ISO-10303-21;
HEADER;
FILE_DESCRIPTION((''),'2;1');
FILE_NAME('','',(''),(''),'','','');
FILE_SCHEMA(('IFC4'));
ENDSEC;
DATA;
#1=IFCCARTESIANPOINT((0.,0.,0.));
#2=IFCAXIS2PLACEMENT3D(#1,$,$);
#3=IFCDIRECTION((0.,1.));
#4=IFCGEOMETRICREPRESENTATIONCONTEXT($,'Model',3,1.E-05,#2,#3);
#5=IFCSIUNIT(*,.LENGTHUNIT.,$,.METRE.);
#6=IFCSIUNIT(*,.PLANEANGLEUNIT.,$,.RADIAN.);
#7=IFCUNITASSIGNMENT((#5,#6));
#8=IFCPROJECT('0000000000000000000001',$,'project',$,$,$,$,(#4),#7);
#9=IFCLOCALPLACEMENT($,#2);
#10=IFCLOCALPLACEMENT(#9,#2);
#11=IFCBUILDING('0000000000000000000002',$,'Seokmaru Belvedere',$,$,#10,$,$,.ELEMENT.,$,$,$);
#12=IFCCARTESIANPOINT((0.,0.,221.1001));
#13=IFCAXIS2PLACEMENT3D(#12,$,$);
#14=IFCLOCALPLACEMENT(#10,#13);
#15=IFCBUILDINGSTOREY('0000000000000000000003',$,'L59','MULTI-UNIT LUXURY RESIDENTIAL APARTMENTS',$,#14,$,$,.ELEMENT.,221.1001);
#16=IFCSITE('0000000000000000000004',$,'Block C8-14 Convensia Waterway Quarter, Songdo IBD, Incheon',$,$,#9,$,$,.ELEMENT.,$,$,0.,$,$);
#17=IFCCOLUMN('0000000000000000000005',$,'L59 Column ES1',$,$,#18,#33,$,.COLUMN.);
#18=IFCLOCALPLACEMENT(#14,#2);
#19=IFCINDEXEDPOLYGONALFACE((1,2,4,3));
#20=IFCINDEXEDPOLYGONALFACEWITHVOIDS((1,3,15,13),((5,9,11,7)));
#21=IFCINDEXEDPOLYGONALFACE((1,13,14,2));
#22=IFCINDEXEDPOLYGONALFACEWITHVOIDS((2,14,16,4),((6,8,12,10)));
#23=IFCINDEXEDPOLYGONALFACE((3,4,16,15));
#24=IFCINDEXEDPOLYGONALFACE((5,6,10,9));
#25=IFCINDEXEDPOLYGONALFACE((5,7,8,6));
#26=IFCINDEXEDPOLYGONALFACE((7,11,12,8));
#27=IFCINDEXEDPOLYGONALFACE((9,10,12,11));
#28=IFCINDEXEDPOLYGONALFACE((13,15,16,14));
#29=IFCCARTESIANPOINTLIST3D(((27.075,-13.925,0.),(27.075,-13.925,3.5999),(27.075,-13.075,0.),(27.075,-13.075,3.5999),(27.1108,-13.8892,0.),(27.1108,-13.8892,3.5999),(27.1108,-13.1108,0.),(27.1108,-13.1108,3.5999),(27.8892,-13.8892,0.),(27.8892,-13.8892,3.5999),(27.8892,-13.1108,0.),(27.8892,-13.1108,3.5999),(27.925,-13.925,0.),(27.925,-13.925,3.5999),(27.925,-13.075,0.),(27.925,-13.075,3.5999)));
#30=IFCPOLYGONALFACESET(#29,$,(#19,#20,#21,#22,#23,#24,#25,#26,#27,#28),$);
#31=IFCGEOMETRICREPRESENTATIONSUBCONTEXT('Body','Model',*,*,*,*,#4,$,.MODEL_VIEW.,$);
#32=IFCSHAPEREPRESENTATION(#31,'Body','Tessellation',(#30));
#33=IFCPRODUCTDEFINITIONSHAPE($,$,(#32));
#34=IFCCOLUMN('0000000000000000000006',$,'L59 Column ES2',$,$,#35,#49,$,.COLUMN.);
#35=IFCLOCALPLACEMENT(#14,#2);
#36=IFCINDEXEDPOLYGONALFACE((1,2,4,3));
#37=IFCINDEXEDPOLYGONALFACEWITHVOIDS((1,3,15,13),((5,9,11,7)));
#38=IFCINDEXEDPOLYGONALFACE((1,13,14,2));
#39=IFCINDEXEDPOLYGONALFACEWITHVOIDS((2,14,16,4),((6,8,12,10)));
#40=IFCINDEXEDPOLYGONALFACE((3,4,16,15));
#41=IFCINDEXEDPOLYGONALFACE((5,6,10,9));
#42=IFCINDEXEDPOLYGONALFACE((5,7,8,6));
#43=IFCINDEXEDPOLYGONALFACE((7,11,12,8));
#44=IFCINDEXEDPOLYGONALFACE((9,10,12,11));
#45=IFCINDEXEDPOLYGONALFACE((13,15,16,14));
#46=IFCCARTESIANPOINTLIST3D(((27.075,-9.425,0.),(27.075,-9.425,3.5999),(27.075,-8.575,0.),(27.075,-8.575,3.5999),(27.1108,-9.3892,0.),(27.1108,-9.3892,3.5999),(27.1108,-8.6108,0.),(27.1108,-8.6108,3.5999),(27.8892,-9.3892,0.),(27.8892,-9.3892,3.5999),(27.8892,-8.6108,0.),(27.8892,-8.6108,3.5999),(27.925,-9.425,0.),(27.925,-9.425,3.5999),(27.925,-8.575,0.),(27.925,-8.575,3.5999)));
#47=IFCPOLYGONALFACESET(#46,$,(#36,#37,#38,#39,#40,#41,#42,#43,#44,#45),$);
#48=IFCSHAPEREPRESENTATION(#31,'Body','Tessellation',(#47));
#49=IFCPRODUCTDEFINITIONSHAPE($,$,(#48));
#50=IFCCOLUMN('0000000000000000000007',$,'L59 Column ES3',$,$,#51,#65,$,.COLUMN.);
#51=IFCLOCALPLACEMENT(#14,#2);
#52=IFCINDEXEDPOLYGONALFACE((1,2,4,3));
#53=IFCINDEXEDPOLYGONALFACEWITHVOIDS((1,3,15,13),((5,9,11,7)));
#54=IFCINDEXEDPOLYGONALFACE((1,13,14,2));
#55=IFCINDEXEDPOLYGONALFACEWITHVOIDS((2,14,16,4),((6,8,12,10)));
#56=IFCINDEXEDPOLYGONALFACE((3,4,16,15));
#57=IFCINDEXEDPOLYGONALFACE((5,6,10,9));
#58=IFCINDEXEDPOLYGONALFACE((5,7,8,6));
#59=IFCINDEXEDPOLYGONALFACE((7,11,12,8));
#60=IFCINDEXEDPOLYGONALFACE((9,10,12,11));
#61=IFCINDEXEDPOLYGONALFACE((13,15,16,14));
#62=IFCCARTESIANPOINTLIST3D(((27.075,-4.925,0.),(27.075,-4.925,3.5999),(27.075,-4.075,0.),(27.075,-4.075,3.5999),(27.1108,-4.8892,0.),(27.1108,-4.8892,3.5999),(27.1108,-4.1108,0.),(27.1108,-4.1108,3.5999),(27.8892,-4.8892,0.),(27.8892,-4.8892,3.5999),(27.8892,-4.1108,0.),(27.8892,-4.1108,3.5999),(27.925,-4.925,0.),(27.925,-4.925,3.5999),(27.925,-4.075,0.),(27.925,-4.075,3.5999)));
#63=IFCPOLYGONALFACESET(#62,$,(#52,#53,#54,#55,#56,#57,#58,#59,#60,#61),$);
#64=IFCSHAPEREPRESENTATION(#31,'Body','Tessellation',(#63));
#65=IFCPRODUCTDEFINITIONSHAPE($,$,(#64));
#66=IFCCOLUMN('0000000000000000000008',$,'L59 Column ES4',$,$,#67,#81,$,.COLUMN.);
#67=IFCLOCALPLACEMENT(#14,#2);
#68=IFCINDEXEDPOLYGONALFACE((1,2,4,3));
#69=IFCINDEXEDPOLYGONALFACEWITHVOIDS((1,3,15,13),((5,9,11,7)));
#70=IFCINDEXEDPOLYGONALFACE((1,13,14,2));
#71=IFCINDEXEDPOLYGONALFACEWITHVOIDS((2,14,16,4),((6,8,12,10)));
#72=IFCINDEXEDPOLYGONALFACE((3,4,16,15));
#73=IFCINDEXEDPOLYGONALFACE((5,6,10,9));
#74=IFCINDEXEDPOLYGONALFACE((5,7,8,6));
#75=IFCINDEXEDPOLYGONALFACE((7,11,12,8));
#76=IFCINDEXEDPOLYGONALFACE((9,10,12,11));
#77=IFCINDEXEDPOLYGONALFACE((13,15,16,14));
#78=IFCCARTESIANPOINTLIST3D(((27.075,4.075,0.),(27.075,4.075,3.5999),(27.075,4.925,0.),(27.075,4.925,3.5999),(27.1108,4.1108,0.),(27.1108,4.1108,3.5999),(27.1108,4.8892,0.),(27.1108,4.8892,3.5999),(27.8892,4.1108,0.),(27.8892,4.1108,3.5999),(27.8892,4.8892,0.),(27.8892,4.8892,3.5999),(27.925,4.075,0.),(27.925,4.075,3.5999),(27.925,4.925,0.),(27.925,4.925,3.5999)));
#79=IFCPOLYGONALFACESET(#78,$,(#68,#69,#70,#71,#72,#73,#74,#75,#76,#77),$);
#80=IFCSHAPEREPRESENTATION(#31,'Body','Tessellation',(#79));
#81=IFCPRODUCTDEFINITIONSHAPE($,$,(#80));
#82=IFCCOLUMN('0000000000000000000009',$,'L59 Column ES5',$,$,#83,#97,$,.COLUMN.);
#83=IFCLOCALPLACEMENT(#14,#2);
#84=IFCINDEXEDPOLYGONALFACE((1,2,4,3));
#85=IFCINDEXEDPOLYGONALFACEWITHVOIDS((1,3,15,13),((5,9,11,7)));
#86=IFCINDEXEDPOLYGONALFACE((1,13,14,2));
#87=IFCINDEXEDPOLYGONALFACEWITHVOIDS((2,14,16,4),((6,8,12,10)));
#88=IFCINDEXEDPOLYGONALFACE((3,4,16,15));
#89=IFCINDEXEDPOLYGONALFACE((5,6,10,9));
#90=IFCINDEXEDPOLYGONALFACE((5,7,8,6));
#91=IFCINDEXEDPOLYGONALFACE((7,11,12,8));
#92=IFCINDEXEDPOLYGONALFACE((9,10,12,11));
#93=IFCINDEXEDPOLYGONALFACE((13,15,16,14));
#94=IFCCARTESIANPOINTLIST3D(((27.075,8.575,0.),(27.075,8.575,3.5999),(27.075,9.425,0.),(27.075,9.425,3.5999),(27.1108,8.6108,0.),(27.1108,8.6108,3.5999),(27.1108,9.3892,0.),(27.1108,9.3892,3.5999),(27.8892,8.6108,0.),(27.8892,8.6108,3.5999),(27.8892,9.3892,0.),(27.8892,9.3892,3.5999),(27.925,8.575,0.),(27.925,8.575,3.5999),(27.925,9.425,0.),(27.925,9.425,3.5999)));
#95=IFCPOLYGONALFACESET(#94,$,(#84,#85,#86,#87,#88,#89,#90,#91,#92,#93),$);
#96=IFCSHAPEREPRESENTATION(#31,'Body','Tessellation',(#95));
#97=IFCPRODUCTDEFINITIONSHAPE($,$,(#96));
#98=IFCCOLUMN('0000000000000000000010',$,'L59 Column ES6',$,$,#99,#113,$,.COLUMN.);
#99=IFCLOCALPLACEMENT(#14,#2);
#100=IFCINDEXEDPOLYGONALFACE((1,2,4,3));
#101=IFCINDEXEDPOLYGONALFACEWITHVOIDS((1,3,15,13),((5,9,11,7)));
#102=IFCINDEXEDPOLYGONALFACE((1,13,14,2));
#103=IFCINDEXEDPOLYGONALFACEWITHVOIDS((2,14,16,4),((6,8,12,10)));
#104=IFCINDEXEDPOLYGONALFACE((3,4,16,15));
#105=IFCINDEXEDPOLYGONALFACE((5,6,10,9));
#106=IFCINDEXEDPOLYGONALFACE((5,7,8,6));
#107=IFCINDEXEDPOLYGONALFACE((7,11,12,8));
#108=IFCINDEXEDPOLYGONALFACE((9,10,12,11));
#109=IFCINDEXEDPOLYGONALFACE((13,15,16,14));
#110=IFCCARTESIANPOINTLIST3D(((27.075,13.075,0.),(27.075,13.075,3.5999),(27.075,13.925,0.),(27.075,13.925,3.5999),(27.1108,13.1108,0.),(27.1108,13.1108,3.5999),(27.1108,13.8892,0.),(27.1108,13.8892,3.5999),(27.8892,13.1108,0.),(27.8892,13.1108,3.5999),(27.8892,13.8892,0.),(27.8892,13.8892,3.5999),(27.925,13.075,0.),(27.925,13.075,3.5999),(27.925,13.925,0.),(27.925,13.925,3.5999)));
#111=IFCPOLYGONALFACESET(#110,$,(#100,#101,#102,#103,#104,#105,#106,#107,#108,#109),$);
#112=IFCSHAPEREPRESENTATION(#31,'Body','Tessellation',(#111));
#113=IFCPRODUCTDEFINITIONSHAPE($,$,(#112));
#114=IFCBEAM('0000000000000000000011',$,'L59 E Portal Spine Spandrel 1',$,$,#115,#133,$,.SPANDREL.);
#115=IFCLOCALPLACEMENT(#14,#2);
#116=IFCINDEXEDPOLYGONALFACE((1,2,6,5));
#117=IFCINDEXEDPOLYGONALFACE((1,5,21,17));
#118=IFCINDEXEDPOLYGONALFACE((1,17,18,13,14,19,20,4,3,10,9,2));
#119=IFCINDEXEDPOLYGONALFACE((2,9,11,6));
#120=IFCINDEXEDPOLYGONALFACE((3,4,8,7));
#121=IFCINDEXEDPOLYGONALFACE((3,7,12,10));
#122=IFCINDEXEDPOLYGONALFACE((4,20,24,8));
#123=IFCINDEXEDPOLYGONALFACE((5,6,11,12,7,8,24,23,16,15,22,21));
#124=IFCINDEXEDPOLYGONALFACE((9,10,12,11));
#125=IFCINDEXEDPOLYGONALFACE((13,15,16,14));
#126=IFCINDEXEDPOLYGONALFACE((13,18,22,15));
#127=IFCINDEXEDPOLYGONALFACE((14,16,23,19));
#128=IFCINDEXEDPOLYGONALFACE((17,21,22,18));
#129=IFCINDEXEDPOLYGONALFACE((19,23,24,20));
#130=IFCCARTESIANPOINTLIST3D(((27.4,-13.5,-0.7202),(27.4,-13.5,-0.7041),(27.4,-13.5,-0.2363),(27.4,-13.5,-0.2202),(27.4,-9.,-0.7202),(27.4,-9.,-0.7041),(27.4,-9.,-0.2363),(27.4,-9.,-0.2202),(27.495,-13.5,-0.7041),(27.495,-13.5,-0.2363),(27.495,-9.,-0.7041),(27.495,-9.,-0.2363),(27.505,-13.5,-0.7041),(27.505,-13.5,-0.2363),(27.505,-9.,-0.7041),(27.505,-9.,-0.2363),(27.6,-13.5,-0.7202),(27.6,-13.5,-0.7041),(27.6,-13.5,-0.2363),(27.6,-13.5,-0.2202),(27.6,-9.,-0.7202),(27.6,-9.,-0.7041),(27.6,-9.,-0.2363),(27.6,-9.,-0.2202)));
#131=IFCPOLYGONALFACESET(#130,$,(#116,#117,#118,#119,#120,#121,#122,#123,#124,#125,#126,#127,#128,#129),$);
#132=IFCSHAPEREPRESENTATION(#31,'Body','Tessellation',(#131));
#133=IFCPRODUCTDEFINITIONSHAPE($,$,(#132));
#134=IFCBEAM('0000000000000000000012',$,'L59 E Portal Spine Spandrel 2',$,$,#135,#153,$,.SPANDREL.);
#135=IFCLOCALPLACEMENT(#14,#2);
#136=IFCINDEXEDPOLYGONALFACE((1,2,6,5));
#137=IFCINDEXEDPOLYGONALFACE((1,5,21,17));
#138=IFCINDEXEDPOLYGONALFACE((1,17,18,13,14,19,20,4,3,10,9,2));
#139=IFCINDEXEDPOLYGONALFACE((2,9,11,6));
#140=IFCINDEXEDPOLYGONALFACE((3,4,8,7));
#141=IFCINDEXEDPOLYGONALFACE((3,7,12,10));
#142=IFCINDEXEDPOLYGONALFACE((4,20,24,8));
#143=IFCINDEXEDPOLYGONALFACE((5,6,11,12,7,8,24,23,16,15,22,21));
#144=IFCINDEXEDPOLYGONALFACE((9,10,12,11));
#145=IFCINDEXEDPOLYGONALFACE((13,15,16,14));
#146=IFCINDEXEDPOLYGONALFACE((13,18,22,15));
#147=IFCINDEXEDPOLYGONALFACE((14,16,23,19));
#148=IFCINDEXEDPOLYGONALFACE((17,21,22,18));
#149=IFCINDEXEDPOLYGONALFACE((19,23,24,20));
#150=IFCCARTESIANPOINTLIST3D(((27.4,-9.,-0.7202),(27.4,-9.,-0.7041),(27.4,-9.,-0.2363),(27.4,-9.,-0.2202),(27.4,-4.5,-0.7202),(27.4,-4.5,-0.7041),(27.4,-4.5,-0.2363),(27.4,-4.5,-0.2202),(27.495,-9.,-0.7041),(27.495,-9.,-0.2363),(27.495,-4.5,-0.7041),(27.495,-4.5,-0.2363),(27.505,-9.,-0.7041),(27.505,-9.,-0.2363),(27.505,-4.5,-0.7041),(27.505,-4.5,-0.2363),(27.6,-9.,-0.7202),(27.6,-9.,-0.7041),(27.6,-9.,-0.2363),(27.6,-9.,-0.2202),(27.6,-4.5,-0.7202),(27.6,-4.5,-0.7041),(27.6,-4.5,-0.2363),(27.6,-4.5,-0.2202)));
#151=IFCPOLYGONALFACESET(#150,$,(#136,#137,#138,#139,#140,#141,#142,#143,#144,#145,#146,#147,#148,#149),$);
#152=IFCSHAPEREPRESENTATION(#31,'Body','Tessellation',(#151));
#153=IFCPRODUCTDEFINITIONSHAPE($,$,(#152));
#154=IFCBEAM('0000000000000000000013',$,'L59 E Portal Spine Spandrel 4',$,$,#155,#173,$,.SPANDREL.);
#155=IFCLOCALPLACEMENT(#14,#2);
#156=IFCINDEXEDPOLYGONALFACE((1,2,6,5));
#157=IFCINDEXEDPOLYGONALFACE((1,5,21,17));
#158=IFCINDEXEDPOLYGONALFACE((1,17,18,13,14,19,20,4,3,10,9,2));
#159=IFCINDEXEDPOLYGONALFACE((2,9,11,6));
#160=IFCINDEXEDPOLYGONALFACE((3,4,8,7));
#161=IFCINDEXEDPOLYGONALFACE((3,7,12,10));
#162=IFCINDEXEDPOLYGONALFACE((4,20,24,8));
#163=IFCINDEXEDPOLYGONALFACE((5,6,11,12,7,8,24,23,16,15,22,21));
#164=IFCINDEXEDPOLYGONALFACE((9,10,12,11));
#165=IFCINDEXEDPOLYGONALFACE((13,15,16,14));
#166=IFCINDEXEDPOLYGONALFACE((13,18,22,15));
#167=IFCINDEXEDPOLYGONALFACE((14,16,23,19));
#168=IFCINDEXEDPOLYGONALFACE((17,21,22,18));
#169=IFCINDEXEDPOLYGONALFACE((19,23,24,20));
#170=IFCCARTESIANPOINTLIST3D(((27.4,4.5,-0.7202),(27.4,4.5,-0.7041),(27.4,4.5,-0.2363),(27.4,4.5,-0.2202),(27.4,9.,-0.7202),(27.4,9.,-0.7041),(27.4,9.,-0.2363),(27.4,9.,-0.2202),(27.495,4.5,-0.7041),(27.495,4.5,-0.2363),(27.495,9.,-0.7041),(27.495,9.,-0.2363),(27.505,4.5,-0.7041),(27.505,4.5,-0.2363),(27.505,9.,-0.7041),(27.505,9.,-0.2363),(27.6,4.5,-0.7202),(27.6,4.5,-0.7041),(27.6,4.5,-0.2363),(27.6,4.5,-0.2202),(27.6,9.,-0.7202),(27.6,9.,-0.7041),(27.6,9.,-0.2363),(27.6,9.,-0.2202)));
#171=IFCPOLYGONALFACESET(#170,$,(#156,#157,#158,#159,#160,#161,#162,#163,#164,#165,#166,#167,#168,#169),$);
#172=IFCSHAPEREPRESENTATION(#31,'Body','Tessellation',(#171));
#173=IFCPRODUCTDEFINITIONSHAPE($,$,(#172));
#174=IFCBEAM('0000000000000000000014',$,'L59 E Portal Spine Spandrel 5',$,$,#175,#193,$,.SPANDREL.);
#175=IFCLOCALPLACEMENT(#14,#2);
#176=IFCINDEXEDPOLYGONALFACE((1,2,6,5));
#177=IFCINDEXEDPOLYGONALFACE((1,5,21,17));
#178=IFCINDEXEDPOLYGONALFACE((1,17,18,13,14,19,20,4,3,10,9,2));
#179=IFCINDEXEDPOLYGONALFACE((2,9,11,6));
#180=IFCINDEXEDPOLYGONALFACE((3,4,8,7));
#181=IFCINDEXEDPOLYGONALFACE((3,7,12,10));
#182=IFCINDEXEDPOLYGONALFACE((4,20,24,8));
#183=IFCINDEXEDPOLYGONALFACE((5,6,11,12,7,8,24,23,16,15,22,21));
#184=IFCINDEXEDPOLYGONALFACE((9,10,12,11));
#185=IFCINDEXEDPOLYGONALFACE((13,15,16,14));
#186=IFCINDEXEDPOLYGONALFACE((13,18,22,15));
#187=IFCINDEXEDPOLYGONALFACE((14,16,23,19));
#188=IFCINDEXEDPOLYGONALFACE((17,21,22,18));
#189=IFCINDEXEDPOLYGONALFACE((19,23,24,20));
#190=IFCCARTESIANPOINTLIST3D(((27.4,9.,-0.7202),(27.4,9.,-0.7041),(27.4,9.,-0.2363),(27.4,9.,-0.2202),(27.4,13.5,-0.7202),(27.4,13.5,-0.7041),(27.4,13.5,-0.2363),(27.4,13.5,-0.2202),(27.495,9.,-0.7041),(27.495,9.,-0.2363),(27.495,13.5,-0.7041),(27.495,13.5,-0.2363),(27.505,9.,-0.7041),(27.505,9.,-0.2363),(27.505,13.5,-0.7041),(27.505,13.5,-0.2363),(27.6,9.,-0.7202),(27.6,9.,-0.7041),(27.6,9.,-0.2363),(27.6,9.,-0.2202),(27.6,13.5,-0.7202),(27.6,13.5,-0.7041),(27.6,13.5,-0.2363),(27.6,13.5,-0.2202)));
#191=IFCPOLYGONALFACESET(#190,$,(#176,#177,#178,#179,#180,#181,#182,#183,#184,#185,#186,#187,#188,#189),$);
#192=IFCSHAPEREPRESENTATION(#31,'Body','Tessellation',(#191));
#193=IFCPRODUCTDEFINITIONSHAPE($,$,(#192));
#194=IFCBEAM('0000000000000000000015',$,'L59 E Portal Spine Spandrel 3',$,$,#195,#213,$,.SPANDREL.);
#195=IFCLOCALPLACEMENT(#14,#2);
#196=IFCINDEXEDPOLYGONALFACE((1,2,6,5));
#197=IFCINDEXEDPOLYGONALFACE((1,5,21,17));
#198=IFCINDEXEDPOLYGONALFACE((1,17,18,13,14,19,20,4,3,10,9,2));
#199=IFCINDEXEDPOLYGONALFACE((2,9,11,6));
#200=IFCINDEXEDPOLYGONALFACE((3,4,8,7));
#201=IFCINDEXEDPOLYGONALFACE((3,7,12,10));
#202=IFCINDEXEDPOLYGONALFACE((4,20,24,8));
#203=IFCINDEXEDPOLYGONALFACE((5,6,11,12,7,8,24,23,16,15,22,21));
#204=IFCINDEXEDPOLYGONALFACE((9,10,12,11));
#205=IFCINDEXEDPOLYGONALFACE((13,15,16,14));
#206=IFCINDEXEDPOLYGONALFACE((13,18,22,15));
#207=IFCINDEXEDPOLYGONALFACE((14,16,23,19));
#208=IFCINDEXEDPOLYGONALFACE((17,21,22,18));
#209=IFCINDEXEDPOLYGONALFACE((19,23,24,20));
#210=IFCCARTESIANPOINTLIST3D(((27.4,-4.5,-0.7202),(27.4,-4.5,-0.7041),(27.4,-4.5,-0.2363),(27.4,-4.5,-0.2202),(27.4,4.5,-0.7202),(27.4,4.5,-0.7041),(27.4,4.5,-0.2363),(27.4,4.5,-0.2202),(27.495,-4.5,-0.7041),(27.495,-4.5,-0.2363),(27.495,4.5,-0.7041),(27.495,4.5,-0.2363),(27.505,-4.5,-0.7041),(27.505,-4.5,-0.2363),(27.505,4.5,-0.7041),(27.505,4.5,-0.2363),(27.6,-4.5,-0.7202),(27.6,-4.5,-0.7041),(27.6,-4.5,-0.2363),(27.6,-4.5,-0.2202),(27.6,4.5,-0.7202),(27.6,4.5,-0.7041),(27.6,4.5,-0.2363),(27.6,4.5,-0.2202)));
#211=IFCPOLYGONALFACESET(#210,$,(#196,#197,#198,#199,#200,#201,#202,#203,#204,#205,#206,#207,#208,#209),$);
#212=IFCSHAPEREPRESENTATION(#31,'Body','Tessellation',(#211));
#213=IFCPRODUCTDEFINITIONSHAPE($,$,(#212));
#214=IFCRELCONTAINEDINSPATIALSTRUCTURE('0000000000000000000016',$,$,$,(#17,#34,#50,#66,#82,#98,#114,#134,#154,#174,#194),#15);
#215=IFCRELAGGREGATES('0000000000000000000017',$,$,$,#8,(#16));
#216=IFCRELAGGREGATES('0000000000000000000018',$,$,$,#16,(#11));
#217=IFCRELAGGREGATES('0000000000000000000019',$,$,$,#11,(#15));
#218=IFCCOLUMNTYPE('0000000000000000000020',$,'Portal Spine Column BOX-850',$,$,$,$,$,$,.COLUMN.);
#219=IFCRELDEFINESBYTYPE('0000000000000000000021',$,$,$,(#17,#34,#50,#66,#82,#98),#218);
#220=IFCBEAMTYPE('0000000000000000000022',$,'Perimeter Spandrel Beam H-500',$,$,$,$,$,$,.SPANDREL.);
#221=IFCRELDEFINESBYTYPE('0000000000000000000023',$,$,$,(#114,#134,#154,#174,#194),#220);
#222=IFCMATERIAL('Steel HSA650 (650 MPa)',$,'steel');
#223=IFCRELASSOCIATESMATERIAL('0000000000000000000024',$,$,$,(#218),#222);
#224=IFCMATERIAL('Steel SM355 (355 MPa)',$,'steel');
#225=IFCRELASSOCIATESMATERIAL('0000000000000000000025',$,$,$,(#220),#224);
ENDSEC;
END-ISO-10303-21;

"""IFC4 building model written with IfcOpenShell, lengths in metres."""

from ifc_helpers import new_model, si_unit, direction, frame, origin, origin_2d, place, context, subcontext, project, spatial, hollow_rectangle, i_section, extrude, source, transform, mapped, material, material_profile, profile_set, type_object, type_shapes, element, save


model = new_model("IFC4")

# Units and contexts
model_context = context("Model", 3, precision=1e-05, world=origin(), true_north=direction((0.0, 1.0)))
body_context = subcontext(model_context, "Body", "Model", "MODEL_VIEW")
ifc_project = project(units=[si_unit("LENGTHUNIT", "METRE"), si_unit("PLANEANGLEUNIT", "RADIAN")], contexts=[model_context])

# Site, building, storey
site_placement = place(None, origin())
site = spatial("IfcSite", under=ifc_project, at=site_placement, Name="Block C8-14 Convensia Waterway Quarter, Songdo IBD, Incheon", CompositionType="ELEMENT", RefElevation=0.0)
building_placement = place(site_placement, origin())
building = spatial("IfcBuilding", under=site, at=building_placement, Name="Seokmaru Belvedere", CompositionType="ELEMENT")
storey_placement = place(building_placement, frame((0.0, 0.0, 221.1001)))
storey = spatial("IfcBuildingStorey", under=building, at=storey_placement, Name="L59", Description="MULTI-UNIT LUXURY RESIDENTIAL APARTMENTS", CompositionType="ELEMENT", Elevation=221.1001)

# Columns
ifc_material_1 = material(Name="Steel HSA650 (650 MPa)", Category="steel")
ifc_material_profile_1 = material_profile(ifc_material_1, hollow_rectangle(XDim=0.8501, YDim=0.8501, WallThickness=0.0359, at=origin_2d()), Name="BOX-850x850x36")
ifc_profile_set_1 = profile_set([ifc_material_profile_1], Name="Steel HSA650 (650 MPa)")
column_type = type_object("IfcColumnType", Name="Portal Spine Column BOX-850", PredefinedType="COLUMN", material=ifc_profile_set_1)
shared_shape_1 = source(origin(), body_context, "Body", "SweptSolid", [
    extrude(hollow_rectangle(XDim=0.8501, YDim=0.8501, WallThickness=0.0359, at=origin_2d()), origin(), (0.0, 0.0, 1.0), 3.5999),
])
type_shapes(column_type, [shared_shape_1])
for number, where, z_axis, x_axis, name in (
    (1, (27.5, -13.5, 0.0), (0.0, 0.0, 1.0), (1.0, 0.0, 0.0), "L59 Column ES1"),
    (2, (27.5, -9.0, 0.0), (0.0, 0.0, 1.0), (1.0, 0.0, 0.0), "L59 Column ES2"),
    (3, (27.5, -4.5, 0.0), (0.0, 0.0, 1.0), (1.0, 0.0, 0.0), "L59 Column ES3"),
    (4, (27.5, 4.5, 0.0), (0.0, 0.0, 1.0), (1.0, 0.0, 0.0), "L59 Column ES4"),
    (5, (27.5, 9.0, 0.0), (0.0, 0.0, 1.0), (1.0, 0.0, 0.0), "L59 Column ES5"),
    (6, (27.5, 13.5, 0.0), (0.0, 0.0, 1.0), (1.0, 0.0, 0.0), "L59 Column ES6"),
):
    element("IfcColumn", number, at=place(storey_placement, frame(where, z_axis=z_axis, x_axis=x_axis)), inside=storey, type_object=column_type, Name=name, PredefinedType="COLUMN", context=body_context, shape_type="MappedRepresentation", body=[
        mapped(shared_shape_1, transform((0.0, 0.0, 0.0), scale=1.0)),
    ])

# Beams
ifc_material_2 = material(Name="Steel SM355 (355 MPa)", Category="steel")
ifc_material_profile_2 = material_profile(ifc_material_2, i_section(OverallWidth=0.2, OverallDepth=0.5, WebThickness=0.01, FlangeThickness=0.0161, at=origin_2d()), Name="H-500x200x10x16")
ifc_profile_set_2 = profile_set([ifc_material_profile_2], Name="Steel SM355 (355 MPa)")
beam_type_1 = type_object("IfcBeamType", Name="Perimeter Spandrel Beam H-500", PredefinedType="SPANDREL", material=ifc_profile_set_2)
shared_shape_2 = source(origin(), body_context, "Body", "SweptSolid", [
    extrude(i_section(OverallWidth=0.2, OverallDepth=0.5, WebThickness=0.01, FlangeThickness=0.0161, at=origin_2d()), origin(), (0.0, 0.0, 1.0), 4.5),
])
for number, where, z_axis, x_axis, name in (
    (7, (27.5, -13.5, -0.4702), (0.0, 1.0, 0.0), (-1.0, 0.0, 0.0), "L59 E Portal Spine Spandrel 1"),
    (8, (27.5, -9.0, -0.4702), (0.0, 1.0, 0.0), (-1.0, 0.0, 0.0), "L59 E Portal Spine Spandrel 2"),
    (9, (27.5, 4.5, -0.4702), (0.0, 1.0, 0.0), (-1.0, 0.0, 0.0), "L59 E Portal Spine Spandrel 4"),
    (10, (27.5, 9.0, -0.4702), (0.0, 1.0, 0.0), (-1.0, 0.0, 0.0), "L59 E Portal Spine Spandrel 5"),
):
    element("IfcBeam", number, at=place(storey_placement, frame(where, z_axis=z_axis, x_axis=x_axis)), inside=storey, type_object=beam_type_1, Name=name, PredefinedType="SPANDREL", context=body_context, shape_type="MappedRepresentation", body=[
        mapped(shared_shape_2, transform((0.0, 0.0, 0.0), scale=1.0)),
    ])
shared_shape_3 = source(origin(), body_context, "Body", "SweptSolid", [
    extrude(i_section(OverallWidth=0.2, OverallDepth=0.5, WebThickness=0.01, FlangeThickness=0.0161, at=origin_2d()), origin(), (0.0, 0.0, 1.0), 9.0),
])
type_shapes(beam_type_1, [shared_shape_2, shared_shape_3])
beam_placement = place(storey_placement, frame((27.5, -4.5, -0.4702), z_axis=(0.0, 1.0, 0.0), x_axis=(-1.0, 0.0, 0.0)))
element("IfcBeam", 11, at=beam_placement, inside=storey, type_object=beam_type_1, Name="L59 E Portal Spine Spandrel 3", PredefinedType="SPANDREL", context=body_context, shape_type="MappedRepresentation", body=[
    mapped(shared_shape_3, transform((0.0, 0.0, 0.0), scale=1.0)),
])

save(model, "model.ifc")
